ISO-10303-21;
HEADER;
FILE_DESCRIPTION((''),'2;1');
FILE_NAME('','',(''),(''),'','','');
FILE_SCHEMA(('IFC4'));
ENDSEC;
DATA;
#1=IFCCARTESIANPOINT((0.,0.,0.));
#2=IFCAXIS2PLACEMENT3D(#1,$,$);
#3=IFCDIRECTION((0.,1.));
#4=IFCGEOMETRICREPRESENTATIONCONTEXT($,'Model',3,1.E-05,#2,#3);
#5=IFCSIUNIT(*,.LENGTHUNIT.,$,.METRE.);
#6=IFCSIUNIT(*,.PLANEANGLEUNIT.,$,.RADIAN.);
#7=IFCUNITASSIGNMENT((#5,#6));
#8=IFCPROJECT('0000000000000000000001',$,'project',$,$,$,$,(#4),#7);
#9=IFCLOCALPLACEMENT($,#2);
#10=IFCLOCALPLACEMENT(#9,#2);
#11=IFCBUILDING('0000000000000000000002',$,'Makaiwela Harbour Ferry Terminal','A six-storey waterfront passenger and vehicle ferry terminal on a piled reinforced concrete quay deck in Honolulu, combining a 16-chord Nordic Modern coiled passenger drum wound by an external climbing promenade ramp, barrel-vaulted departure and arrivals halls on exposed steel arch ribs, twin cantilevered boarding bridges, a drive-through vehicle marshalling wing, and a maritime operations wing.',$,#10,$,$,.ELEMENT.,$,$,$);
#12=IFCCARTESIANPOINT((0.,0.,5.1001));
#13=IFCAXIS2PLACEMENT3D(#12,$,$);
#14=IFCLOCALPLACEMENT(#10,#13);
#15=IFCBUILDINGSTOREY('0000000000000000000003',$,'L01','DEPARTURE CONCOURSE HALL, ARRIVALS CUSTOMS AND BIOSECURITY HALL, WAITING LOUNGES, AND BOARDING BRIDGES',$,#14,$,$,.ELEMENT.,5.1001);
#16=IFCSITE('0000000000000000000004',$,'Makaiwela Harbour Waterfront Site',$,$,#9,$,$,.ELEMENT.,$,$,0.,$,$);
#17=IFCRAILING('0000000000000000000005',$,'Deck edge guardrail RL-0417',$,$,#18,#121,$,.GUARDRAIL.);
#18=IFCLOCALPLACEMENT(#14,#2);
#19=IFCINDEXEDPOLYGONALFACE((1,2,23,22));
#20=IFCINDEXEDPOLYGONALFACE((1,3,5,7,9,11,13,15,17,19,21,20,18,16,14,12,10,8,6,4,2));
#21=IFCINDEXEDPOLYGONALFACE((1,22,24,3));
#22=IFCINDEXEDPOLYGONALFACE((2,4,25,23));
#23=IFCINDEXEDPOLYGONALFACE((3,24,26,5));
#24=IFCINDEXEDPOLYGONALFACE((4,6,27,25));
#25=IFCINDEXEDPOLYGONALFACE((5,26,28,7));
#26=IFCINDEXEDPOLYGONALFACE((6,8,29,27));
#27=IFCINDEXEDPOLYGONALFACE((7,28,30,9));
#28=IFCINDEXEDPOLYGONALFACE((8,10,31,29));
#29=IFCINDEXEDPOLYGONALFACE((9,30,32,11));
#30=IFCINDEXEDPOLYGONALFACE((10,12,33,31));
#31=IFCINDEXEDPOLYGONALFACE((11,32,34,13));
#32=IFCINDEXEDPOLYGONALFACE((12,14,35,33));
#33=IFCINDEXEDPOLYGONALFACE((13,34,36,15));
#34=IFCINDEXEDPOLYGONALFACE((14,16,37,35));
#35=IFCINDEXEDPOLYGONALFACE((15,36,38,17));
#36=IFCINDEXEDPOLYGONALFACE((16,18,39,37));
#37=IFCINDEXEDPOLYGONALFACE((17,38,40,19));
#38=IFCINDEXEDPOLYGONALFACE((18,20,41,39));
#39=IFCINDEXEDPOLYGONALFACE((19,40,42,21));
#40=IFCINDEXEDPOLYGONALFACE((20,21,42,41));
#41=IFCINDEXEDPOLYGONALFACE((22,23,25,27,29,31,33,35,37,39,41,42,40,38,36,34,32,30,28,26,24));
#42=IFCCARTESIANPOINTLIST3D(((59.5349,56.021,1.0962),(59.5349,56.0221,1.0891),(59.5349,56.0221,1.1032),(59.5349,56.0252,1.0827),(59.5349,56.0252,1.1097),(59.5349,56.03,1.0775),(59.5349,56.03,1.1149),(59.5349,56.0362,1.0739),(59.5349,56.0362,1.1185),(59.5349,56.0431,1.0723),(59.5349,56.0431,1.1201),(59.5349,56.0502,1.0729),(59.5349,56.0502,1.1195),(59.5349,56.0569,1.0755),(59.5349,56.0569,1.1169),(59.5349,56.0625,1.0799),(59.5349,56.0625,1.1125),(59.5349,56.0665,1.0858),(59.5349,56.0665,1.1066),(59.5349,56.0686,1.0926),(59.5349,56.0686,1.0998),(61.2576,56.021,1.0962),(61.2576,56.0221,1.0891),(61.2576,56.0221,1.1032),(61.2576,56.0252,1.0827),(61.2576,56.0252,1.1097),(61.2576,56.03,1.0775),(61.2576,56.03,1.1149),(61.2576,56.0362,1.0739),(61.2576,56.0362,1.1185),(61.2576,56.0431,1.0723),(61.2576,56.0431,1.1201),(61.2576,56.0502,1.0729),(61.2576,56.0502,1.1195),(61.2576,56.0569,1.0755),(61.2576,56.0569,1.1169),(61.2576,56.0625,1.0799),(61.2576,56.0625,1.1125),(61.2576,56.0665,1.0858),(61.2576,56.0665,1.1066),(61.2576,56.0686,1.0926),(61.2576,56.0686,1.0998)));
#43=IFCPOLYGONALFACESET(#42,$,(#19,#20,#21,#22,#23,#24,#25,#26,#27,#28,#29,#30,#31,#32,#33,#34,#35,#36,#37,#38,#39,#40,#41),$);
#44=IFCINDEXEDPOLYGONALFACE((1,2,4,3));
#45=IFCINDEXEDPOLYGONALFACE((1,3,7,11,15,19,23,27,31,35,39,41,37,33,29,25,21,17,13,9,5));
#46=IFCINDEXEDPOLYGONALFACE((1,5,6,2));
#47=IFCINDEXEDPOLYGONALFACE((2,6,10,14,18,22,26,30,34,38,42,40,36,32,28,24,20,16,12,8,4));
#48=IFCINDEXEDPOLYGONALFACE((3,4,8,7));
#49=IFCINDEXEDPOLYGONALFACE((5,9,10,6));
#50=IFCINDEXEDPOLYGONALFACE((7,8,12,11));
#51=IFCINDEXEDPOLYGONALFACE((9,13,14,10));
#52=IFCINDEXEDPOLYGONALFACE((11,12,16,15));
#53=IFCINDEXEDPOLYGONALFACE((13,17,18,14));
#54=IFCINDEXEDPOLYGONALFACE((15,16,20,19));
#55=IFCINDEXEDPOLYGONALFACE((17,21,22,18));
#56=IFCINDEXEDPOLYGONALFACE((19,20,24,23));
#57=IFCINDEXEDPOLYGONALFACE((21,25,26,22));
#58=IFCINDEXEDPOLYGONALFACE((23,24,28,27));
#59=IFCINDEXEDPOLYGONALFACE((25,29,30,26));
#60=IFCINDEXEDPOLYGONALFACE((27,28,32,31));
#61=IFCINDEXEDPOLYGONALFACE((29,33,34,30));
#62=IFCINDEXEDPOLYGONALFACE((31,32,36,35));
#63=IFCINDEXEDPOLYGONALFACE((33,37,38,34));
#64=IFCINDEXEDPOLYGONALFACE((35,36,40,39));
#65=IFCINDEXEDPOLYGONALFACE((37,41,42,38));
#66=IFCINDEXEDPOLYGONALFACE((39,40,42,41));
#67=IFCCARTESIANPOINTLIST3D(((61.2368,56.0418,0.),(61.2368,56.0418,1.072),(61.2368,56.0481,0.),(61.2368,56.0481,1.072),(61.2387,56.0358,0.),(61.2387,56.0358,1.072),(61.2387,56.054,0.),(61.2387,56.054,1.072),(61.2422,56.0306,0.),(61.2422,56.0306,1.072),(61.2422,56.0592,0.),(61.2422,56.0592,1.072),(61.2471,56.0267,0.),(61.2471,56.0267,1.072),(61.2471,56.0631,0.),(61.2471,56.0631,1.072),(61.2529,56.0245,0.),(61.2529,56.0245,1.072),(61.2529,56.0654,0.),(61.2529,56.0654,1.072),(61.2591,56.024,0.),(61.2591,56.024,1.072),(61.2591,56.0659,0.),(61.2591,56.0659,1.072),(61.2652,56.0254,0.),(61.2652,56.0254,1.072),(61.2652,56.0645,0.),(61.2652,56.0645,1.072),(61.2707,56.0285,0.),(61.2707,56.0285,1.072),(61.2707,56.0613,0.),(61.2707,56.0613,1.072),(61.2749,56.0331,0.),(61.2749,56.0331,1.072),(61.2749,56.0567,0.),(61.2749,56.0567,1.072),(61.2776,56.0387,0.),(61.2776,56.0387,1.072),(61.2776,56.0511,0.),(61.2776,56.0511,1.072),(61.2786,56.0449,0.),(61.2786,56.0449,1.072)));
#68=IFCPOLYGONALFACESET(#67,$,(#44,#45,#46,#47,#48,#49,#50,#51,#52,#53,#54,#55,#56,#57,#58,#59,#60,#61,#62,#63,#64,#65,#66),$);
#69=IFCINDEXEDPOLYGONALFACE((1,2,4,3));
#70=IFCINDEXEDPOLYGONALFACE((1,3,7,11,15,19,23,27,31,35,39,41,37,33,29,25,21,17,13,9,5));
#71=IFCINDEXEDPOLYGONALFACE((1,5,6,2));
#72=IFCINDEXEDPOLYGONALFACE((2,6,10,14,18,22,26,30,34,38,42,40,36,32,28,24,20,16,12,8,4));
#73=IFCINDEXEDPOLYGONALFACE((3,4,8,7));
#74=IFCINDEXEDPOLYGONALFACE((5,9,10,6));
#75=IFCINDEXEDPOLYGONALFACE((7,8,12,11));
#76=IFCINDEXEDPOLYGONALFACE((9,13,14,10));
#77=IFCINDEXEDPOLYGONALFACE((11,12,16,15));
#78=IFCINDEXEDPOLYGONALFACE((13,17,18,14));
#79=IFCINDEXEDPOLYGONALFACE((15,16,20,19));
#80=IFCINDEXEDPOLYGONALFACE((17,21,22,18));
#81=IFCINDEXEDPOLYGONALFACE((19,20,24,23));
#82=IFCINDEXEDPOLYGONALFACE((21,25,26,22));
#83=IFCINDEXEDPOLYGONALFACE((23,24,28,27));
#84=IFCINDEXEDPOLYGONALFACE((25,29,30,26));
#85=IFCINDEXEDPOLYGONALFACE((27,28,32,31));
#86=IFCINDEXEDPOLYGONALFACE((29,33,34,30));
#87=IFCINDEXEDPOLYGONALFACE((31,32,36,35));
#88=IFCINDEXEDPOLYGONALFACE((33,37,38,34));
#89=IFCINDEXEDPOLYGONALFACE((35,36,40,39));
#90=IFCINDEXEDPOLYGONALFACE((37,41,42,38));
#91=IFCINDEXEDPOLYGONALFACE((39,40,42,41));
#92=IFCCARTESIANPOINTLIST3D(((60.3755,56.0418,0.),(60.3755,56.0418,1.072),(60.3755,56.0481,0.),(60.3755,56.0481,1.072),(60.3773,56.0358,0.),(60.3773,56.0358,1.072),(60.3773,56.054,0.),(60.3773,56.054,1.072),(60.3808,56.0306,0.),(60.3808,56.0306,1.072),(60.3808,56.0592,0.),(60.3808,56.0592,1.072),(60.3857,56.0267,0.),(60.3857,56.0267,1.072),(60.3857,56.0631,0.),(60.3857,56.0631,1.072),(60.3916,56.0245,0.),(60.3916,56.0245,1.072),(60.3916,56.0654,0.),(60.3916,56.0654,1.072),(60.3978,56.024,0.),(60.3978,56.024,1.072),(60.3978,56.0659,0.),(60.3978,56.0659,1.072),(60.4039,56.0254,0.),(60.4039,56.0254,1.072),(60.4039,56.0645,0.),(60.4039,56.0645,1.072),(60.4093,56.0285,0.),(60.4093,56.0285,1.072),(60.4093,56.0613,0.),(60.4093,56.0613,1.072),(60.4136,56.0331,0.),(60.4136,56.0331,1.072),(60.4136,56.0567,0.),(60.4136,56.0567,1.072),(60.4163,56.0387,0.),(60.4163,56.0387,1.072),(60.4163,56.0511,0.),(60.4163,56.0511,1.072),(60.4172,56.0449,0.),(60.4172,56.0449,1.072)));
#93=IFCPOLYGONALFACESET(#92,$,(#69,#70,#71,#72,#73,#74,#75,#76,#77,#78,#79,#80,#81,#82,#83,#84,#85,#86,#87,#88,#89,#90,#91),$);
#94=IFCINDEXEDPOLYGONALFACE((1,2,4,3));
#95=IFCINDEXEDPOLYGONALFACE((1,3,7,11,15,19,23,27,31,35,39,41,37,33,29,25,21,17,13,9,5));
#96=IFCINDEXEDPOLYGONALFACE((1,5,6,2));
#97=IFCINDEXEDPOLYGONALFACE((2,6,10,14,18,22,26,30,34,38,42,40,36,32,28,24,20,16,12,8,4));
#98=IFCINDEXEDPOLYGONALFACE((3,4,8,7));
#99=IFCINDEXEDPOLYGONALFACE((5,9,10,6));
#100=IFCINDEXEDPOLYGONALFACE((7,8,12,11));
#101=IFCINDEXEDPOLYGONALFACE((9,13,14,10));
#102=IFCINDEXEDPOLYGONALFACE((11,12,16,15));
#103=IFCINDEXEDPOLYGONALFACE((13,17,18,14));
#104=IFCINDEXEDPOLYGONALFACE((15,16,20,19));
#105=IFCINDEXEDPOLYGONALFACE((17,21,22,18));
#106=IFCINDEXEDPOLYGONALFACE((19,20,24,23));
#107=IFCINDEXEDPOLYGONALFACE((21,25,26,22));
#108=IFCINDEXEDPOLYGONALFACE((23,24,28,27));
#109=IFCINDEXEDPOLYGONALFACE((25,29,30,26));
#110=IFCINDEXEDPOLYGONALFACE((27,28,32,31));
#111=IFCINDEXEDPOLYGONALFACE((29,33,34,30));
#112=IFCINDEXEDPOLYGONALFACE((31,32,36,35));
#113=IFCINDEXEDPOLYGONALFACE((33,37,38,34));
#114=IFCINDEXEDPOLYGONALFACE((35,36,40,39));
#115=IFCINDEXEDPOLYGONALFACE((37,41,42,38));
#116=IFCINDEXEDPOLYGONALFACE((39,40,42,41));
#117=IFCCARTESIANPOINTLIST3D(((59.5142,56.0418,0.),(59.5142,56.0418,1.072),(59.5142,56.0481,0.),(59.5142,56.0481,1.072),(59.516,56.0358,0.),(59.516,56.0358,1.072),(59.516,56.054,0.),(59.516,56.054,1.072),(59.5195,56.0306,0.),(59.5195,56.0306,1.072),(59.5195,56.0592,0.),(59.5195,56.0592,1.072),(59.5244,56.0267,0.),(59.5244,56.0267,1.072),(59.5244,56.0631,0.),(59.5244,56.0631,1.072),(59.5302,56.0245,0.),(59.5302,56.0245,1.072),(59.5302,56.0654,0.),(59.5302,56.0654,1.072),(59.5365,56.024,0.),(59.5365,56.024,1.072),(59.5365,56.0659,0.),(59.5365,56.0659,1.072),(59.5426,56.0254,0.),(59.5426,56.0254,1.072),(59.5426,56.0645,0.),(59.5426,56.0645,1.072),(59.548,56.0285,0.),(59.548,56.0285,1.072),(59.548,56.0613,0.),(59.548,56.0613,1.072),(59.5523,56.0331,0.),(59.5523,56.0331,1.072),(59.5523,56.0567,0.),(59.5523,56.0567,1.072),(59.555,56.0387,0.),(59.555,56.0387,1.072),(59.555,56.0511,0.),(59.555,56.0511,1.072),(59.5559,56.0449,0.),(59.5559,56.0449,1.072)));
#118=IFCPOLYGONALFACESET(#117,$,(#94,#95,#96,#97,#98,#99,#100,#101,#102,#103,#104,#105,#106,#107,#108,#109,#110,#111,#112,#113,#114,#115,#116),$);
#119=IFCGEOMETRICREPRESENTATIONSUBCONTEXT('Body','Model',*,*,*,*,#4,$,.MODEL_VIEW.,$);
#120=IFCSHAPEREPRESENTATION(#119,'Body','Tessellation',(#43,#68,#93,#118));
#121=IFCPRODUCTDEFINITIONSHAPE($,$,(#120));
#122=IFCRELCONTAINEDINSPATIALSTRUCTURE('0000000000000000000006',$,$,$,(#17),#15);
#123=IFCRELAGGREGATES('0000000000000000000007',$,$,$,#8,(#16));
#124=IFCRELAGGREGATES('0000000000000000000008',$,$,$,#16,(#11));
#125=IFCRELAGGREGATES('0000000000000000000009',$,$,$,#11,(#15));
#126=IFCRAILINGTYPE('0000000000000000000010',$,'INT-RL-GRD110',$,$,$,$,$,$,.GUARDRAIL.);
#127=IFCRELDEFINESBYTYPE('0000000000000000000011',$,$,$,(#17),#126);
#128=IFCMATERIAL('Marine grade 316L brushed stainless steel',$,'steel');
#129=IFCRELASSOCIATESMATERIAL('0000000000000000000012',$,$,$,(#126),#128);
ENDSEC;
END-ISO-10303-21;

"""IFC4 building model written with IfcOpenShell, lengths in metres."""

from ifc_helpers import new_model, si_unit, direction, frame, origin, origin_2d, place, context, subcontext, project, spatial, circle, extrude, material, type_object, element, save


model = new_model("IFC4")

# Units and contexts
model_context = context("Model", 3, precision=1e-05, world=origin(), true_north=direction((0.0, 1.0)))
body_context = subcontext(model_context, "Body", "Model", "MODEL_VIEW")
ifc_project = project(units=[si_unit("LENGTHUNIT", "METRE"), si_unit("PLANEANGLEUNIT", "RADIAN")], contexts=[model_context])

# Site, building, storey
site_placement = place(None, origin())
site = spatial("IfcSite", under=ifc_project, at=site_placement, Name="Makaiwela Harbour Waterfront Site", CompositionType="ELEMENT", RefElevation=0.0)
building_placement = place(site_placement, origin())
building = spatial("IfcBuilding", under=site, at=building_placement, Name="Makaiwela Harbour Ferry Terminal", Description="A six-storey waterfront passenger and vehicle ferry terminal on a piled reinforced concrete quay deck in Honolulu, combining a 16-chord Nordic Modern coiled passenger drum wound by an external climbing promenade ramp, barrel-vaulted departure and arrivals halls on exposed steel arch ribs, twin cantilevered boarding bridges, a drive-through vehicle marshalling wing, and a maritime operations wing.", CompositionType="ELEMENT")
storey_placement = place(building_placement, frame((0.0, 0.0, 5.1001)))
storey = spatial("IfcBuildingStorey", under=building, at=storey_placement, Name="L01", Description="DEPARTURE CONCOURSE HALL, ARRIVALS CUSTOMS AND BIOSECURITY HALL, WAITING LOUNGES, AND BOARDING BRIDGES", CompositionType="ELEMENT", Elevation=5.1001)

# Shared definitions
ifc_material_1 = material(Name="Marine grade 316L brushed stainless steel", Category="steel")

# Railing
railing_type_1 = type_object("IfcRailingType", Name="INT-RL-GRD110", PredefinedType="GUARDRAIL", material=ifc_material_1)
railing_1_placement = place(storey_placement, frame((61.2576, 56.0449, 0.0)))
element("IfcRailing", 1, at=railing_1_placement, inside=storey, type_object=railing_type_1, Name="Deck edge guardrail RL-0417", PredefinedType="GUARDRAIL", context=body_context, shape_type="SweptSolid", body=[
    extrude(circle(Radius=0.0239, at=origin_2d()), frame((0.0, 0.0, 1.0962), z_axis=(-1.0, 0.0, 0.0), x_axis=(0.0, -1.0, 0.0)), (0.0, 0.0, 1.0), 1.7227),
    extrude(circle(Radius=0.021, at=origin_2d()), origin(), (0.0, 0.0, 1.0), 1.072),
    extrude(circle(Radius=0.021, at=origin_2d()), frame((-0.8613, 0.0, 0.0)), (0.0, 0.0, 1.0), 1.072),
    extrude(circle(Radius=0.021, at=origin_2d()), frame((-1.7227, 0.0, 0.0)), (0.0, 0.0, 1.0), 1.072),
])

save(model, "model.ifc")
